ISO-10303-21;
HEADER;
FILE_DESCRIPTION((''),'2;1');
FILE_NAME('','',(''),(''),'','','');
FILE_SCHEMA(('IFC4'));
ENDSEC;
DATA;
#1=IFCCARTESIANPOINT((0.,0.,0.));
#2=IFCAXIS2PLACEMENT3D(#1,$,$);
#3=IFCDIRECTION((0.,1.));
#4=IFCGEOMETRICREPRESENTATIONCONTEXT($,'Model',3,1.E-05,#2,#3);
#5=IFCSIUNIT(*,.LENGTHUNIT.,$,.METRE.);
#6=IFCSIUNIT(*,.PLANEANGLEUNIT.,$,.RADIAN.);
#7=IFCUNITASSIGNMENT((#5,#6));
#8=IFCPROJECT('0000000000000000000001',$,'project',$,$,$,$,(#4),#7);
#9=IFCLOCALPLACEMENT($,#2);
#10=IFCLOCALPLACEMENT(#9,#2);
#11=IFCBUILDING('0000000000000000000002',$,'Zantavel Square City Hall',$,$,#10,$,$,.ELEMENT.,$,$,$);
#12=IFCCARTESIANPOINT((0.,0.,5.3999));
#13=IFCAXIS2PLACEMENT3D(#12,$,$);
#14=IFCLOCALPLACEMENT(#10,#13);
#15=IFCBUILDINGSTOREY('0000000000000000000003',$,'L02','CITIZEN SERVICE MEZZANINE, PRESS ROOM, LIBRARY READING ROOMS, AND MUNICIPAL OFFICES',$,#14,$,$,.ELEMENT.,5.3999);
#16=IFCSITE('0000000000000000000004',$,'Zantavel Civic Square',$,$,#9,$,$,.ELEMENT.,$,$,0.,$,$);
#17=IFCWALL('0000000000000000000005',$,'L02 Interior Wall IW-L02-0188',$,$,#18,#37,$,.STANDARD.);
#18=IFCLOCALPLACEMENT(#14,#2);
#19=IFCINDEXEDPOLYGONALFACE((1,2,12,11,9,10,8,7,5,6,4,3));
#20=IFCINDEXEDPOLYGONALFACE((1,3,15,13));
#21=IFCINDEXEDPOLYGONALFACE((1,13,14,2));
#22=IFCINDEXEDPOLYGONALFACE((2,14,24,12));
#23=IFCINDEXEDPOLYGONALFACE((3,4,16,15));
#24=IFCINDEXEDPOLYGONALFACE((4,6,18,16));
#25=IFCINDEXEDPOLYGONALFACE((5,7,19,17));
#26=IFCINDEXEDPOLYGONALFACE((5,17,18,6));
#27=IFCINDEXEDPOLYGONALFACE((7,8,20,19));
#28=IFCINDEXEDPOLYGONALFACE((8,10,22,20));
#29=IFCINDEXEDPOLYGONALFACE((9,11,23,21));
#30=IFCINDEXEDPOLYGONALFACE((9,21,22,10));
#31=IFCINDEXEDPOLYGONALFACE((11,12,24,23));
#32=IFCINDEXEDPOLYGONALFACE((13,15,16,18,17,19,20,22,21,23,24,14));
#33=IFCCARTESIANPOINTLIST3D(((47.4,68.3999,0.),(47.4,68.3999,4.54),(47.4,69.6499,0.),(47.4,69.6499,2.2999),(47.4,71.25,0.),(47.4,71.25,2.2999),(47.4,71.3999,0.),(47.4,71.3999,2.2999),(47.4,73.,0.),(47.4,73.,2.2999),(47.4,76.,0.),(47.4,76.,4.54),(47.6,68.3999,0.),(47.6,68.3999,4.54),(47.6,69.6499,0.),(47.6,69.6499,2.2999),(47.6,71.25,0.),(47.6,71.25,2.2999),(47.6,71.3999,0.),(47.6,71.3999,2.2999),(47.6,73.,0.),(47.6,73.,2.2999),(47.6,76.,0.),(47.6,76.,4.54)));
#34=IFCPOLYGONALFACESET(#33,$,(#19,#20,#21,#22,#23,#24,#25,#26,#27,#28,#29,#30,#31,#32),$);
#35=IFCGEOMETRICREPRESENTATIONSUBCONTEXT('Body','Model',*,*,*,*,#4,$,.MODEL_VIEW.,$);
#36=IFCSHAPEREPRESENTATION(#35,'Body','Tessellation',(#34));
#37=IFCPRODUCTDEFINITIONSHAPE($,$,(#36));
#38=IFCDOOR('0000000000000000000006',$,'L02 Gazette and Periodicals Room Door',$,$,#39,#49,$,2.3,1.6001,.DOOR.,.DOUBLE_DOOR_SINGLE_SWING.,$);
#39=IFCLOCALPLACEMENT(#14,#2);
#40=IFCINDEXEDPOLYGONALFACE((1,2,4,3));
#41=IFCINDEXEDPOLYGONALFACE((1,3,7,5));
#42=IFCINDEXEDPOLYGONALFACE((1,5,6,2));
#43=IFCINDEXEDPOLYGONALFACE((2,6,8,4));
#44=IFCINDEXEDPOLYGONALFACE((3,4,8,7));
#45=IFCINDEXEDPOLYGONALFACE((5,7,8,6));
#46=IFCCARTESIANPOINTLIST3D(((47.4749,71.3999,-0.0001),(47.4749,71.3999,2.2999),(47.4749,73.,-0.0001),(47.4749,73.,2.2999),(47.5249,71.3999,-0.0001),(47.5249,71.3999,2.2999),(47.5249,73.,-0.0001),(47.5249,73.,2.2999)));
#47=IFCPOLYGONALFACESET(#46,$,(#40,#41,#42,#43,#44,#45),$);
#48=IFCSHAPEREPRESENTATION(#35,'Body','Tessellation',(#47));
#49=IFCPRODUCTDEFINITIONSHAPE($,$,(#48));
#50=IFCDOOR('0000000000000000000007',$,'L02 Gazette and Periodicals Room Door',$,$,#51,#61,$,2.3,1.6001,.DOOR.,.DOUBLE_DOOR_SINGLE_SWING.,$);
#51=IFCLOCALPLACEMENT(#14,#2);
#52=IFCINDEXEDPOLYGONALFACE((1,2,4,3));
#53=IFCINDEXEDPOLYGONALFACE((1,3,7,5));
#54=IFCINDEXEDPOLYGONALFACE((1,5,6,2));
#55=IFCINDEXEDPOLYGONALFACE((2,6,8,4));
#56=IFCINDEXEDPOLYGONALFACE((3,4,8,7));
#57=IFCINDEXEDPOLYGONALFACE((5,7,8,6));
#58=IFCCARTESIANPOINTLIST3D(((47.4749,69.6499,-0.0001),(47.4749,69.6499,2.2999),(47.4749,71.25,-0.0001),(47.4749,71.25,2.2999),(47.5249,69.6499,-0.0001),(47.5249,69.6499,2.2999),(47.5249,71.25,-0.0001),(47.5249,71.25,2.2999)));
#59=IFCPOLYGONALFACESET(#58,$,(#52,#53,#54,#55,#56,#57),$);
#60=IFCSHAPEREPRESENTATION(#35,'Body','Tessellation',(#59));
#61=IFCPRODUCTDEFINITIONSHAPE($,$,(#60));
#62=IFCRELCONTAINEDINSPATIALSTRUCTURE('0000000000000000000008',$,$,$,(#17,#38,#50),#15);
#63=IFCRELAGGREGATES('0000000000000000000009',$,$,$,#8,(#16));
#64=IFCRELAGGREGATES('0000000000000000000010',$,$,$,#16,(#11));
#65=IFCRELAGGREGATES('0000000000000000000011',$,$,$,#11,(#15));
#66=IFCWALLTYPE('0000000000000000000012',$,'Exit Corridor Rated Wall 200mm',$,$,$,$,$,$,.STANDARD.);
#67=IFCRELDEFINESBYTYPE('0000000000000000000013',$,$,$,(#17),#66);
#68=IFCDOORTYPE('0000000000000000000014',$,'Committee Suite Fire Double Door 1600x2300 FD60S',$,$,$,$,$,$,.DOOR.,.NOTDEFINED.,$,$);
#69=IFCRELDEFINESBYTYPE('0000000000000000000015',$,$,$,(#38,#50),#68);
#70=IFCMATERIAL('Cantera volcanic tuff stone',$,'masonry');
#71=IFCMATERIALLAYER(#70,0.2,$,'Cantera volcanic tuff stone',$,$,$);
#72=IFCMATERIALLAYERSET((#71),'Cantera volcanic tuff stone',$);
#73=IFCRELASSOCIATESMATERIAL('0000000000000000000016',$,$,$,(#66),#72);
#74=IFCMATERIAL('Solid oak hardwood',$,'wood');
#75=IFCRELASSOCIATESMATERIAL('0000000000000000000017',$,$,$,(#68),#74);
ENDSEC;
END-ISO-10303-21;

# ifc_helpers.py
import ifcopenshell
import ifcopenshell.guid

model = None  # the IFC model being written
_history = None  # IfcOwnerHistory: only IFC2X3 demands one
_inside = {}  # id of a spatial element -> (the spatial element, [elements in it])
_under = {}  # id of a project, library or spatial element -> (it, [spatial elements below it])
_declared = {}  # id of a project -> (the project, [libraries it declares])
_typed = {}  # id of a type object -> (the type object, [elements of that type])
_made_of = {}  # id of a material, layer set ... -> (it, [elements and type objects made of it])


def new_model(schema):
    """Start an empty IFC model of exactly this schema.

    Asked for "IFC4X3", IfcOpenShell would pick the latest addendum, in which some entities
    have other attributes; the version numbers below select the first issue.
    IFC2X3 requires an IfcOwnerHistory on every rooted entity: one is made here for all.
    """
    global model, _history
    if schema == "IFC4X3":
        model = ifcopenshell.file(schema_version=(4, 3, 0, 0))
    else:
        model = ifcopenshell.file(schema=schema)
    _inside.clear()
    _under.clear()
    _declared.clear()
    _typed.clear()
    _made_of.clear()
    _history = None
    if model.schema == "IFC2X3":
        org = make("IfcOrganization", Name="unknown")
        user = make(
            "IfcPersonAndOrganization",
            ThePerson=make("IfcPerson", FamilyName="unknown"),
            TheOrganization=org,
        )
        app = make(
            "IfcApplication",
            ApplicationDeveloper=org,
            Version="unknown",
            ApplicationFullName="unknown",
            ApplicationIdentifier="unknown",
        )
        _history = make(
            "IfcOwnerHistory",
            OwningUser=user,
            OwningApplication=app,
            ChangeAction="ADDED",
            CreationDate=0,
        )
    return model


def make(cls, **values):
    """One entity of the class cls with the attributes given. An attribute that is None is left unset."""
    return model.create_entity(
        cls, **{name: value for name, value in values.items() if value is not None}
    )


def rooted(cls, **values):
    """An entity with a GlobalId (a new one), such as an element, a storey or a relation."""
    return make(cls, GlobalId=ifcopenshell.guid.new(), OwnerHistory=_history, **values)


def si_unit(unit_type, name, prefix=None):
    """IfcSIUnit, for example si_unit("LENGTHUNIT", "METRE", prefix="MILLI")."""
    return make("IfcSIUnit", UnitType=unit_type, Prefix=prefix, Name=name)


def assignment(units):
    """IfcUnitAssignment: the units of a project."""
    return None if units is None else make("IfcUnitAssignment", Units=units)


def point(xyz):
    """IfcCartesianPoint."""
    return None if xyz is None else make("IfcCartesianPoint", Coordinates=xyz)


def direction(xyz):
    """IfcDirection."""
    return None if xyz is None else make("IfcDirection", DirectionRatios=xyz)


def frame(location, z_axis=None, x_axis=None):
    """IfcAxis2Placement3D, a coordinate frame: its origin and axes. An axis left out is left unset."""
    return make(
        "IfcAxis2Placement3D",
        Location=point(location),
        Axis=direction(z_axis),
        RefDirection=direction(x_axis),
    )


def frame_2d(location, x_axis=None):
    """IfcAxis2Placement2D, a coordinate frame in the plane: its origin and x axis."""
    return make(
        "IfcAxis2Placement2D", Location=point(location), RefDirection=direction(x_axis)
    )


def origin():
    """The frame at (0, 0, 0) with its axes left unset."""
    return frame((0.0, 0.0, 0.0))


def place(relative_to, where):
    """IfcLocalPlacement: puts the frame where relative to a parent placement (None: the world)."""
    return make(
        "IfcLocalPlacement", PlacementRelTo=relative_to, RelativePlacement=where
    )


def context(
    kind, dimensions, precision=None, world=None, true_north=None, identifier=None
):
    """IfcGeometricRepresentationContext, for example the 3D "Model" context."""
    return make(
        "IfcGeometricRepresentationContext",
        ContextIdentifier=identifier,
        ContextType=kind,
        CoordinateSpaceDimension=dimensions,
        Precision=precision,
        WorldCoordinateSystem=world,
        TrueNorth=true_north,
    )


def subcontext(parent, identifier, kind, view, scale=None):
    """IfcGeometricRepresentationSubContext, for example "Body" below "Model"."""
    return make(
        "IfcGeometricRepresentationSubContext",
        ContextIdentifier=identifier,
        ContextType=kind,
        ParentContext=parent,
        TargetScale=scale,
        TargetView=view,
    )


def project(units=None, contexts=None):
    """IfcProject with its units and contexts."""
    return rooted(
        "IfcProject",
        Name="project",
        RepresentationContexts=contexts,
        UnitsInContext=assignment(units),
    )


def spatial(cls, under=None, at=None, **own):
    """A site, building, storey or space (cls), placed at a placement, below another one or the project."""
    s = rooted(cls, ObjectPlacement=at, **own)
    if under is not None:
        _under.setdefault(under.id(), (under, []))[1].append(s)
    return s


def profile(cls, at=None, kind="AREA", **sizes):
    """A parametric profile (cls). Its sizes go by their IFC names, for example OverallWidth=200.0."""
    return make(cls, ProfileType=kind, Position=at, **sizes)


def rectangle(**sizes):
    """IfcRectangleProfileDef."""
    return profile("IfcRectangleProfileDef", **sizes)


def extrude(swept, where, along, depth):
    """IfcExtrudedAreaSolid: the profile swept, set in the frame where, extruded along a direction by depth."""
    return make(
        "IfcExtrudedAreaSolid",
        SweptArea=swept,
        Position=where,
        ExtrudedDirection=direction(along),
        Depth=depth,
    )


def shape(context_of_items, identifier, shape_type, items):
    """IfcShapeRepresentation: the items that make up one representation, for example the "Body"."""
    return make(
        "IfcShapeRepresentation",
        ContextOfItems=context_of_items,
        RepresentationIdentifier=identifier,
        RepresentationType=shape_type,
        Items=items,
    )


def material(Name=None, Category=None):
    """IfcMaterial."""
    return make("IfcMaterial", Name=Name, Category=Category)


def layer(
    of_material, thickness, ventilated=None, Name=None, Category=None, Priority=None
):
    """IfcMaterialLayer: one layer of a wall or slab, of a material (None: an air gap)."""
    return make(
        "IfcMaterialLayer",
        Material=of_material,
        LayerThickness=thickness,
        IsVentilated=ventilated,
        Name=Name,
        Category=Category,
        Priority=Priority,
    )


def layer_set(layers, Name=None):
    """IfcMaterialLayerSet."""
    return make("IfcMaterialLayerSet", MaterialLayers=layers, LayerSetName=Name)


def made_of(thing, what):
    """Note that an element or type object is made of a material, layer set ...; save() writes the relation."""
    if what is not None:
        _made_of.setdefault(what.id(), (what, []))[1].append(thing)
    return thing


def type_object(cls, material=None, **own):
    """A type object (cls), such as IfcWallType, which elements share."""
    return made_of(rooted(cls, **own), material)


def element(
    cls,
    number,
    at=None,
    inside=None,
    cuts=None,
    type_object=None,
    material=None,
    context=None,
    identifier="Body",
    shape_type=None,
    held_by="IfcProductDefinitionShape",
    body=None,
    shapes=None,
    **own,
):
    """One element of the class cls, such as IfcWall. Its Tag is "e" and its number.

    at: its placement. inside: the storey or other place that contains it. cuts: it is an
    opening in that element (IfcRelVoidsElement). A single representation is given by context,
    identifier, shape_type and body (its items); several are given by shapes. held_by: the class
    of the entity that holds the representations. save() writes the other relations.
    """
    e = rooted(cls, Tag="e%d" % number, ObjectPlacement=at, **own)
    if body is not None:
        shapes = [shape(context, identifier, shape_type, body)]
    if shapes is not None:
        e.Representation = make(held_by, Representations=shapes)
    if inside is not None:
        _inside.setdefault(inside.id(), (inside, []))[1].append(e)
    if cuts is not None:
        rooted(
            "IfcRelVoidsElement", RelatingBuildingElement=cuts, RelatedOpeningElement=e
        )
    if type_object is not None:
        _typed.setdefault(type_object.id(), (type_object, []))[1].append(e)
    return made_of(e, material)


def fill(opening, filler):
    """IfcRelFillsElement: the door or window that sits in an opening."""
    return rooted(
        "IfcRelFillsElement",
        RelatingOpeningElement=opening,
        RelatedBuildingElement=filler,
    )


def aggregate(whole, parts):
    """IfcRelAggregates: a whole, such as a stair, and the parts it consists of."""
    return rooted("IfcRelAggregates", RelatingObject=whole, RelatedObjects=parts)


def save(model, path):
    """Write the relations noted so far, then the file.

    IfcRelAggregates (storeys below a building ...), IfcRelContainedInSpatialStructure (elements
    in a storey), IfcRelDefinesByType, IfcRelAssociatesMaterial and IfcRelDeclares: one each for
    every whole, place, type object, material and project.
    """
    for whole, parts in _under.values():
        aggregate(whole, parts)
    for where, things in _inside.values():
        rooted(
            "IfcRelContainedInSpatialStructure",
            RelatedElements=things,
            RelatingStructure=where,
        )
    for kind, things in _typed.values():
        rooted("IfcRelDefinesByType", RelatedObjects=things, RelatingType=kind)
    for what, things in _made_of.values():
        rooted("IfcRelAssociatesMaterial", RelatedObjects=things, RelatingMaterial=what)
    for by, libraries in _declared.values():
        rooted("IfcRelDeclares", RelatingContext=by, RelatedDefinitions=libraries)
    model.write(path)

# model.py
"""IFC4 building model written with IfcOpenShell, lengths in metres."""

from ifc_helpers import new_model, si_unit, direction, frame, frame_2d, origin, place, context, subcontext, project, spatial, rectangle, extrude, material, layer, layer_set, type_object, element, fill, save


model = new_model("IFC4")

# Units and contexts
model_context = context("Model", 3, precision=1e-05, world=origin(), true_north=direction((0.0, 1.0)))
body_context = subcontext(model_context, "Body", "Model", "MODEL_VIEW")
ifc_project = project(units=[si_unit("LENGTHUNIT", "METRE"), si_unit("PLANEANGLEUNIT", "RADIAN")], contexts=[model_context])

# Site, building, storey
site_placement = place(None, origin())
site = spatial("IfcSite", under=ifc_project, at=site_placement, Name="Zantavel Civic Square", CompositionType="ELEMENT", RefElevation=0.0)
building_placement = place(site_placement, origin())
building = spatial("IfcBuilding", under=site, at=building_placement, Name="Zantavel Square City Hall", CompositionType="ELEMENT")
storey_placement = place(building_placement, frame((0.0, 0.0, 5.3999)))
storey = spatial("IfcBuildingStorey", under=building, at=storey_placement, Name="L02", Description="CITIZEN SERVICE MEZZANINE, PRESS ROOM, LIBRARY READING ROOMS, AND MUNICIPAL OFFICES", CompositionType="ELEMENT", Elevation=5.3999)

# Shared definitions
ifc_material_1 = material(Name="Cantera volcanic tuff stone", Category="masonry")

# Wall, openings, doors
ifc_layer_1 = layer(ifc_material_1, 0.2, Name="Cantera volcanic tuff stone")
ifc_layer_set_1 = layer_set([ifc_layer_1], Name="Cantera volcanic tuff stone")
wall_type_1 = type_object("IfcWallType", Name="Exit Corridor Rated Wall 200mm", PredefinedType="STANDARD", material=ifc_layer_set_1)
wall_1_placement = place(storey_placement, frame((47.5, 76.0, 0.0), z_axis=(0.0, 0.0, 1.0), x_axis=(0.0, -1.0, 0.0)))
wall_1 = element("IfcWall", 1, at=wall_1_placement, inside=storey, type_object=wall_type_1, Name="L02 Interior Wall IW-L02-0188", PredefinedType="STANDARD", context=body_context, shape_type="SweptSolid", body=[
    extrude(rectangle(XDim=7.6001, YDim=0.2, at=frame_2d((3.8, 0.0))), origin(), (0.0, 0.0, 1.0), 4.54),
])
opening_1_placement = place(wall_1_placement, frame((3.0, 0.0, 0.0)))
opening_1 = element("IfcOpeningElement", 2, at=opening_1_placement, cuts=wall_1, PredefinedType="OPENING", context=body_context, shape_type="SweptSolid", body=[
    extrude(rectangle(XDim=1.6001, YDim=2.3, at=frame_2d((0.8, 1.1499))), frame((0.0, 0.1099, 0.0), z_axis=(0.0, -1.0, 0.0), x_axis=(1.0, 0.0, 0.0)), (0.0, 0.0, 1.0), 0.22),
])
opening_2_placement = place(wall_1_placement, frame((4.75, 0.0, 0.0)))
opening_2 = element("IfcOpeningElement", 3, at=opening_2_placement, cuts=wall_1, PredefinedType="OPENING", context=body_context, shape_type="SweptSolid", body=[
    extrude(rectangle(XDim=1.6001, YDim=2.3, at=frame_2d((0.8, 1.1499))), frame((0.0, 0.1099, 0.0), z_axis=(0.0, -1.0, 0.0), x_axis=(1.0, 0.0, 0.0)), (0.0, 0.0, 1.0), 0.22),
])
ifc_material_2 = material(Name="Solid oak hardwood", Category="wood")
door_type = type_object("IfcDoorType", Name="Committee Suite Fire Double Door 1600x2300 FD60S", OperationType="NOTDEFINED", PredefinedType="DOOR", material=ifc_material_2)
door_1_placement = place(opening_1_placement, origin())
door_1 = element("IfcDoor", 4, at=door_1_placement, inside=storey, type_object=door_type, Name="L02 Gazette and Periodicals Room Door", OperationType="DOUBLE_DOOR_SINGLE_SWING", OverallHeight=2.3, OverallWidth=1.6001, PredefinedType="DOOR", context=body_context, shape_type="SweptSolid", body=[
    extrude(rectangle(XDim=1.6001, YDim=2.3, at=frame_2d((0.8, 1.1499))), frame((0.0, 0.0249, 0.0), z_axis=(0.0, -1.0, 0.0), x_axis=(1.0, 0.0, 0.0)), (0.0, 0.0, 1.0), 0.05),
])
fill(opening_1, door_1)
door_2_placement = place(opening_2_placement, origin())
door_2 = element("IfcDoor", 5, at=door_2_placement, inside=storey, type_object=door_type, Name="L02 Gazette and Periodicals Room Door", OperationType="DOUBLE_DOOR_SINGLE_SWING", OverallHeight=2.3, OverallWidth=1.6001, PredefinedType="DOOR", context=body_context, shape_type="SweptSolid", body=[
    extrude(rectangle(XDim=1.6001, YDim=2.3, at=frame_2d((0.8, 1.1499))), frame((0.0, 0.0249, 0.0), z_axis=(0.0, -1.0, 0.0), x_axis=(1.0, 0.0, 0.0)), (0.0, 0.0, 1.0), 0.05),
])
fill(opening_2, door_2)

save(model, "model.ifc")
